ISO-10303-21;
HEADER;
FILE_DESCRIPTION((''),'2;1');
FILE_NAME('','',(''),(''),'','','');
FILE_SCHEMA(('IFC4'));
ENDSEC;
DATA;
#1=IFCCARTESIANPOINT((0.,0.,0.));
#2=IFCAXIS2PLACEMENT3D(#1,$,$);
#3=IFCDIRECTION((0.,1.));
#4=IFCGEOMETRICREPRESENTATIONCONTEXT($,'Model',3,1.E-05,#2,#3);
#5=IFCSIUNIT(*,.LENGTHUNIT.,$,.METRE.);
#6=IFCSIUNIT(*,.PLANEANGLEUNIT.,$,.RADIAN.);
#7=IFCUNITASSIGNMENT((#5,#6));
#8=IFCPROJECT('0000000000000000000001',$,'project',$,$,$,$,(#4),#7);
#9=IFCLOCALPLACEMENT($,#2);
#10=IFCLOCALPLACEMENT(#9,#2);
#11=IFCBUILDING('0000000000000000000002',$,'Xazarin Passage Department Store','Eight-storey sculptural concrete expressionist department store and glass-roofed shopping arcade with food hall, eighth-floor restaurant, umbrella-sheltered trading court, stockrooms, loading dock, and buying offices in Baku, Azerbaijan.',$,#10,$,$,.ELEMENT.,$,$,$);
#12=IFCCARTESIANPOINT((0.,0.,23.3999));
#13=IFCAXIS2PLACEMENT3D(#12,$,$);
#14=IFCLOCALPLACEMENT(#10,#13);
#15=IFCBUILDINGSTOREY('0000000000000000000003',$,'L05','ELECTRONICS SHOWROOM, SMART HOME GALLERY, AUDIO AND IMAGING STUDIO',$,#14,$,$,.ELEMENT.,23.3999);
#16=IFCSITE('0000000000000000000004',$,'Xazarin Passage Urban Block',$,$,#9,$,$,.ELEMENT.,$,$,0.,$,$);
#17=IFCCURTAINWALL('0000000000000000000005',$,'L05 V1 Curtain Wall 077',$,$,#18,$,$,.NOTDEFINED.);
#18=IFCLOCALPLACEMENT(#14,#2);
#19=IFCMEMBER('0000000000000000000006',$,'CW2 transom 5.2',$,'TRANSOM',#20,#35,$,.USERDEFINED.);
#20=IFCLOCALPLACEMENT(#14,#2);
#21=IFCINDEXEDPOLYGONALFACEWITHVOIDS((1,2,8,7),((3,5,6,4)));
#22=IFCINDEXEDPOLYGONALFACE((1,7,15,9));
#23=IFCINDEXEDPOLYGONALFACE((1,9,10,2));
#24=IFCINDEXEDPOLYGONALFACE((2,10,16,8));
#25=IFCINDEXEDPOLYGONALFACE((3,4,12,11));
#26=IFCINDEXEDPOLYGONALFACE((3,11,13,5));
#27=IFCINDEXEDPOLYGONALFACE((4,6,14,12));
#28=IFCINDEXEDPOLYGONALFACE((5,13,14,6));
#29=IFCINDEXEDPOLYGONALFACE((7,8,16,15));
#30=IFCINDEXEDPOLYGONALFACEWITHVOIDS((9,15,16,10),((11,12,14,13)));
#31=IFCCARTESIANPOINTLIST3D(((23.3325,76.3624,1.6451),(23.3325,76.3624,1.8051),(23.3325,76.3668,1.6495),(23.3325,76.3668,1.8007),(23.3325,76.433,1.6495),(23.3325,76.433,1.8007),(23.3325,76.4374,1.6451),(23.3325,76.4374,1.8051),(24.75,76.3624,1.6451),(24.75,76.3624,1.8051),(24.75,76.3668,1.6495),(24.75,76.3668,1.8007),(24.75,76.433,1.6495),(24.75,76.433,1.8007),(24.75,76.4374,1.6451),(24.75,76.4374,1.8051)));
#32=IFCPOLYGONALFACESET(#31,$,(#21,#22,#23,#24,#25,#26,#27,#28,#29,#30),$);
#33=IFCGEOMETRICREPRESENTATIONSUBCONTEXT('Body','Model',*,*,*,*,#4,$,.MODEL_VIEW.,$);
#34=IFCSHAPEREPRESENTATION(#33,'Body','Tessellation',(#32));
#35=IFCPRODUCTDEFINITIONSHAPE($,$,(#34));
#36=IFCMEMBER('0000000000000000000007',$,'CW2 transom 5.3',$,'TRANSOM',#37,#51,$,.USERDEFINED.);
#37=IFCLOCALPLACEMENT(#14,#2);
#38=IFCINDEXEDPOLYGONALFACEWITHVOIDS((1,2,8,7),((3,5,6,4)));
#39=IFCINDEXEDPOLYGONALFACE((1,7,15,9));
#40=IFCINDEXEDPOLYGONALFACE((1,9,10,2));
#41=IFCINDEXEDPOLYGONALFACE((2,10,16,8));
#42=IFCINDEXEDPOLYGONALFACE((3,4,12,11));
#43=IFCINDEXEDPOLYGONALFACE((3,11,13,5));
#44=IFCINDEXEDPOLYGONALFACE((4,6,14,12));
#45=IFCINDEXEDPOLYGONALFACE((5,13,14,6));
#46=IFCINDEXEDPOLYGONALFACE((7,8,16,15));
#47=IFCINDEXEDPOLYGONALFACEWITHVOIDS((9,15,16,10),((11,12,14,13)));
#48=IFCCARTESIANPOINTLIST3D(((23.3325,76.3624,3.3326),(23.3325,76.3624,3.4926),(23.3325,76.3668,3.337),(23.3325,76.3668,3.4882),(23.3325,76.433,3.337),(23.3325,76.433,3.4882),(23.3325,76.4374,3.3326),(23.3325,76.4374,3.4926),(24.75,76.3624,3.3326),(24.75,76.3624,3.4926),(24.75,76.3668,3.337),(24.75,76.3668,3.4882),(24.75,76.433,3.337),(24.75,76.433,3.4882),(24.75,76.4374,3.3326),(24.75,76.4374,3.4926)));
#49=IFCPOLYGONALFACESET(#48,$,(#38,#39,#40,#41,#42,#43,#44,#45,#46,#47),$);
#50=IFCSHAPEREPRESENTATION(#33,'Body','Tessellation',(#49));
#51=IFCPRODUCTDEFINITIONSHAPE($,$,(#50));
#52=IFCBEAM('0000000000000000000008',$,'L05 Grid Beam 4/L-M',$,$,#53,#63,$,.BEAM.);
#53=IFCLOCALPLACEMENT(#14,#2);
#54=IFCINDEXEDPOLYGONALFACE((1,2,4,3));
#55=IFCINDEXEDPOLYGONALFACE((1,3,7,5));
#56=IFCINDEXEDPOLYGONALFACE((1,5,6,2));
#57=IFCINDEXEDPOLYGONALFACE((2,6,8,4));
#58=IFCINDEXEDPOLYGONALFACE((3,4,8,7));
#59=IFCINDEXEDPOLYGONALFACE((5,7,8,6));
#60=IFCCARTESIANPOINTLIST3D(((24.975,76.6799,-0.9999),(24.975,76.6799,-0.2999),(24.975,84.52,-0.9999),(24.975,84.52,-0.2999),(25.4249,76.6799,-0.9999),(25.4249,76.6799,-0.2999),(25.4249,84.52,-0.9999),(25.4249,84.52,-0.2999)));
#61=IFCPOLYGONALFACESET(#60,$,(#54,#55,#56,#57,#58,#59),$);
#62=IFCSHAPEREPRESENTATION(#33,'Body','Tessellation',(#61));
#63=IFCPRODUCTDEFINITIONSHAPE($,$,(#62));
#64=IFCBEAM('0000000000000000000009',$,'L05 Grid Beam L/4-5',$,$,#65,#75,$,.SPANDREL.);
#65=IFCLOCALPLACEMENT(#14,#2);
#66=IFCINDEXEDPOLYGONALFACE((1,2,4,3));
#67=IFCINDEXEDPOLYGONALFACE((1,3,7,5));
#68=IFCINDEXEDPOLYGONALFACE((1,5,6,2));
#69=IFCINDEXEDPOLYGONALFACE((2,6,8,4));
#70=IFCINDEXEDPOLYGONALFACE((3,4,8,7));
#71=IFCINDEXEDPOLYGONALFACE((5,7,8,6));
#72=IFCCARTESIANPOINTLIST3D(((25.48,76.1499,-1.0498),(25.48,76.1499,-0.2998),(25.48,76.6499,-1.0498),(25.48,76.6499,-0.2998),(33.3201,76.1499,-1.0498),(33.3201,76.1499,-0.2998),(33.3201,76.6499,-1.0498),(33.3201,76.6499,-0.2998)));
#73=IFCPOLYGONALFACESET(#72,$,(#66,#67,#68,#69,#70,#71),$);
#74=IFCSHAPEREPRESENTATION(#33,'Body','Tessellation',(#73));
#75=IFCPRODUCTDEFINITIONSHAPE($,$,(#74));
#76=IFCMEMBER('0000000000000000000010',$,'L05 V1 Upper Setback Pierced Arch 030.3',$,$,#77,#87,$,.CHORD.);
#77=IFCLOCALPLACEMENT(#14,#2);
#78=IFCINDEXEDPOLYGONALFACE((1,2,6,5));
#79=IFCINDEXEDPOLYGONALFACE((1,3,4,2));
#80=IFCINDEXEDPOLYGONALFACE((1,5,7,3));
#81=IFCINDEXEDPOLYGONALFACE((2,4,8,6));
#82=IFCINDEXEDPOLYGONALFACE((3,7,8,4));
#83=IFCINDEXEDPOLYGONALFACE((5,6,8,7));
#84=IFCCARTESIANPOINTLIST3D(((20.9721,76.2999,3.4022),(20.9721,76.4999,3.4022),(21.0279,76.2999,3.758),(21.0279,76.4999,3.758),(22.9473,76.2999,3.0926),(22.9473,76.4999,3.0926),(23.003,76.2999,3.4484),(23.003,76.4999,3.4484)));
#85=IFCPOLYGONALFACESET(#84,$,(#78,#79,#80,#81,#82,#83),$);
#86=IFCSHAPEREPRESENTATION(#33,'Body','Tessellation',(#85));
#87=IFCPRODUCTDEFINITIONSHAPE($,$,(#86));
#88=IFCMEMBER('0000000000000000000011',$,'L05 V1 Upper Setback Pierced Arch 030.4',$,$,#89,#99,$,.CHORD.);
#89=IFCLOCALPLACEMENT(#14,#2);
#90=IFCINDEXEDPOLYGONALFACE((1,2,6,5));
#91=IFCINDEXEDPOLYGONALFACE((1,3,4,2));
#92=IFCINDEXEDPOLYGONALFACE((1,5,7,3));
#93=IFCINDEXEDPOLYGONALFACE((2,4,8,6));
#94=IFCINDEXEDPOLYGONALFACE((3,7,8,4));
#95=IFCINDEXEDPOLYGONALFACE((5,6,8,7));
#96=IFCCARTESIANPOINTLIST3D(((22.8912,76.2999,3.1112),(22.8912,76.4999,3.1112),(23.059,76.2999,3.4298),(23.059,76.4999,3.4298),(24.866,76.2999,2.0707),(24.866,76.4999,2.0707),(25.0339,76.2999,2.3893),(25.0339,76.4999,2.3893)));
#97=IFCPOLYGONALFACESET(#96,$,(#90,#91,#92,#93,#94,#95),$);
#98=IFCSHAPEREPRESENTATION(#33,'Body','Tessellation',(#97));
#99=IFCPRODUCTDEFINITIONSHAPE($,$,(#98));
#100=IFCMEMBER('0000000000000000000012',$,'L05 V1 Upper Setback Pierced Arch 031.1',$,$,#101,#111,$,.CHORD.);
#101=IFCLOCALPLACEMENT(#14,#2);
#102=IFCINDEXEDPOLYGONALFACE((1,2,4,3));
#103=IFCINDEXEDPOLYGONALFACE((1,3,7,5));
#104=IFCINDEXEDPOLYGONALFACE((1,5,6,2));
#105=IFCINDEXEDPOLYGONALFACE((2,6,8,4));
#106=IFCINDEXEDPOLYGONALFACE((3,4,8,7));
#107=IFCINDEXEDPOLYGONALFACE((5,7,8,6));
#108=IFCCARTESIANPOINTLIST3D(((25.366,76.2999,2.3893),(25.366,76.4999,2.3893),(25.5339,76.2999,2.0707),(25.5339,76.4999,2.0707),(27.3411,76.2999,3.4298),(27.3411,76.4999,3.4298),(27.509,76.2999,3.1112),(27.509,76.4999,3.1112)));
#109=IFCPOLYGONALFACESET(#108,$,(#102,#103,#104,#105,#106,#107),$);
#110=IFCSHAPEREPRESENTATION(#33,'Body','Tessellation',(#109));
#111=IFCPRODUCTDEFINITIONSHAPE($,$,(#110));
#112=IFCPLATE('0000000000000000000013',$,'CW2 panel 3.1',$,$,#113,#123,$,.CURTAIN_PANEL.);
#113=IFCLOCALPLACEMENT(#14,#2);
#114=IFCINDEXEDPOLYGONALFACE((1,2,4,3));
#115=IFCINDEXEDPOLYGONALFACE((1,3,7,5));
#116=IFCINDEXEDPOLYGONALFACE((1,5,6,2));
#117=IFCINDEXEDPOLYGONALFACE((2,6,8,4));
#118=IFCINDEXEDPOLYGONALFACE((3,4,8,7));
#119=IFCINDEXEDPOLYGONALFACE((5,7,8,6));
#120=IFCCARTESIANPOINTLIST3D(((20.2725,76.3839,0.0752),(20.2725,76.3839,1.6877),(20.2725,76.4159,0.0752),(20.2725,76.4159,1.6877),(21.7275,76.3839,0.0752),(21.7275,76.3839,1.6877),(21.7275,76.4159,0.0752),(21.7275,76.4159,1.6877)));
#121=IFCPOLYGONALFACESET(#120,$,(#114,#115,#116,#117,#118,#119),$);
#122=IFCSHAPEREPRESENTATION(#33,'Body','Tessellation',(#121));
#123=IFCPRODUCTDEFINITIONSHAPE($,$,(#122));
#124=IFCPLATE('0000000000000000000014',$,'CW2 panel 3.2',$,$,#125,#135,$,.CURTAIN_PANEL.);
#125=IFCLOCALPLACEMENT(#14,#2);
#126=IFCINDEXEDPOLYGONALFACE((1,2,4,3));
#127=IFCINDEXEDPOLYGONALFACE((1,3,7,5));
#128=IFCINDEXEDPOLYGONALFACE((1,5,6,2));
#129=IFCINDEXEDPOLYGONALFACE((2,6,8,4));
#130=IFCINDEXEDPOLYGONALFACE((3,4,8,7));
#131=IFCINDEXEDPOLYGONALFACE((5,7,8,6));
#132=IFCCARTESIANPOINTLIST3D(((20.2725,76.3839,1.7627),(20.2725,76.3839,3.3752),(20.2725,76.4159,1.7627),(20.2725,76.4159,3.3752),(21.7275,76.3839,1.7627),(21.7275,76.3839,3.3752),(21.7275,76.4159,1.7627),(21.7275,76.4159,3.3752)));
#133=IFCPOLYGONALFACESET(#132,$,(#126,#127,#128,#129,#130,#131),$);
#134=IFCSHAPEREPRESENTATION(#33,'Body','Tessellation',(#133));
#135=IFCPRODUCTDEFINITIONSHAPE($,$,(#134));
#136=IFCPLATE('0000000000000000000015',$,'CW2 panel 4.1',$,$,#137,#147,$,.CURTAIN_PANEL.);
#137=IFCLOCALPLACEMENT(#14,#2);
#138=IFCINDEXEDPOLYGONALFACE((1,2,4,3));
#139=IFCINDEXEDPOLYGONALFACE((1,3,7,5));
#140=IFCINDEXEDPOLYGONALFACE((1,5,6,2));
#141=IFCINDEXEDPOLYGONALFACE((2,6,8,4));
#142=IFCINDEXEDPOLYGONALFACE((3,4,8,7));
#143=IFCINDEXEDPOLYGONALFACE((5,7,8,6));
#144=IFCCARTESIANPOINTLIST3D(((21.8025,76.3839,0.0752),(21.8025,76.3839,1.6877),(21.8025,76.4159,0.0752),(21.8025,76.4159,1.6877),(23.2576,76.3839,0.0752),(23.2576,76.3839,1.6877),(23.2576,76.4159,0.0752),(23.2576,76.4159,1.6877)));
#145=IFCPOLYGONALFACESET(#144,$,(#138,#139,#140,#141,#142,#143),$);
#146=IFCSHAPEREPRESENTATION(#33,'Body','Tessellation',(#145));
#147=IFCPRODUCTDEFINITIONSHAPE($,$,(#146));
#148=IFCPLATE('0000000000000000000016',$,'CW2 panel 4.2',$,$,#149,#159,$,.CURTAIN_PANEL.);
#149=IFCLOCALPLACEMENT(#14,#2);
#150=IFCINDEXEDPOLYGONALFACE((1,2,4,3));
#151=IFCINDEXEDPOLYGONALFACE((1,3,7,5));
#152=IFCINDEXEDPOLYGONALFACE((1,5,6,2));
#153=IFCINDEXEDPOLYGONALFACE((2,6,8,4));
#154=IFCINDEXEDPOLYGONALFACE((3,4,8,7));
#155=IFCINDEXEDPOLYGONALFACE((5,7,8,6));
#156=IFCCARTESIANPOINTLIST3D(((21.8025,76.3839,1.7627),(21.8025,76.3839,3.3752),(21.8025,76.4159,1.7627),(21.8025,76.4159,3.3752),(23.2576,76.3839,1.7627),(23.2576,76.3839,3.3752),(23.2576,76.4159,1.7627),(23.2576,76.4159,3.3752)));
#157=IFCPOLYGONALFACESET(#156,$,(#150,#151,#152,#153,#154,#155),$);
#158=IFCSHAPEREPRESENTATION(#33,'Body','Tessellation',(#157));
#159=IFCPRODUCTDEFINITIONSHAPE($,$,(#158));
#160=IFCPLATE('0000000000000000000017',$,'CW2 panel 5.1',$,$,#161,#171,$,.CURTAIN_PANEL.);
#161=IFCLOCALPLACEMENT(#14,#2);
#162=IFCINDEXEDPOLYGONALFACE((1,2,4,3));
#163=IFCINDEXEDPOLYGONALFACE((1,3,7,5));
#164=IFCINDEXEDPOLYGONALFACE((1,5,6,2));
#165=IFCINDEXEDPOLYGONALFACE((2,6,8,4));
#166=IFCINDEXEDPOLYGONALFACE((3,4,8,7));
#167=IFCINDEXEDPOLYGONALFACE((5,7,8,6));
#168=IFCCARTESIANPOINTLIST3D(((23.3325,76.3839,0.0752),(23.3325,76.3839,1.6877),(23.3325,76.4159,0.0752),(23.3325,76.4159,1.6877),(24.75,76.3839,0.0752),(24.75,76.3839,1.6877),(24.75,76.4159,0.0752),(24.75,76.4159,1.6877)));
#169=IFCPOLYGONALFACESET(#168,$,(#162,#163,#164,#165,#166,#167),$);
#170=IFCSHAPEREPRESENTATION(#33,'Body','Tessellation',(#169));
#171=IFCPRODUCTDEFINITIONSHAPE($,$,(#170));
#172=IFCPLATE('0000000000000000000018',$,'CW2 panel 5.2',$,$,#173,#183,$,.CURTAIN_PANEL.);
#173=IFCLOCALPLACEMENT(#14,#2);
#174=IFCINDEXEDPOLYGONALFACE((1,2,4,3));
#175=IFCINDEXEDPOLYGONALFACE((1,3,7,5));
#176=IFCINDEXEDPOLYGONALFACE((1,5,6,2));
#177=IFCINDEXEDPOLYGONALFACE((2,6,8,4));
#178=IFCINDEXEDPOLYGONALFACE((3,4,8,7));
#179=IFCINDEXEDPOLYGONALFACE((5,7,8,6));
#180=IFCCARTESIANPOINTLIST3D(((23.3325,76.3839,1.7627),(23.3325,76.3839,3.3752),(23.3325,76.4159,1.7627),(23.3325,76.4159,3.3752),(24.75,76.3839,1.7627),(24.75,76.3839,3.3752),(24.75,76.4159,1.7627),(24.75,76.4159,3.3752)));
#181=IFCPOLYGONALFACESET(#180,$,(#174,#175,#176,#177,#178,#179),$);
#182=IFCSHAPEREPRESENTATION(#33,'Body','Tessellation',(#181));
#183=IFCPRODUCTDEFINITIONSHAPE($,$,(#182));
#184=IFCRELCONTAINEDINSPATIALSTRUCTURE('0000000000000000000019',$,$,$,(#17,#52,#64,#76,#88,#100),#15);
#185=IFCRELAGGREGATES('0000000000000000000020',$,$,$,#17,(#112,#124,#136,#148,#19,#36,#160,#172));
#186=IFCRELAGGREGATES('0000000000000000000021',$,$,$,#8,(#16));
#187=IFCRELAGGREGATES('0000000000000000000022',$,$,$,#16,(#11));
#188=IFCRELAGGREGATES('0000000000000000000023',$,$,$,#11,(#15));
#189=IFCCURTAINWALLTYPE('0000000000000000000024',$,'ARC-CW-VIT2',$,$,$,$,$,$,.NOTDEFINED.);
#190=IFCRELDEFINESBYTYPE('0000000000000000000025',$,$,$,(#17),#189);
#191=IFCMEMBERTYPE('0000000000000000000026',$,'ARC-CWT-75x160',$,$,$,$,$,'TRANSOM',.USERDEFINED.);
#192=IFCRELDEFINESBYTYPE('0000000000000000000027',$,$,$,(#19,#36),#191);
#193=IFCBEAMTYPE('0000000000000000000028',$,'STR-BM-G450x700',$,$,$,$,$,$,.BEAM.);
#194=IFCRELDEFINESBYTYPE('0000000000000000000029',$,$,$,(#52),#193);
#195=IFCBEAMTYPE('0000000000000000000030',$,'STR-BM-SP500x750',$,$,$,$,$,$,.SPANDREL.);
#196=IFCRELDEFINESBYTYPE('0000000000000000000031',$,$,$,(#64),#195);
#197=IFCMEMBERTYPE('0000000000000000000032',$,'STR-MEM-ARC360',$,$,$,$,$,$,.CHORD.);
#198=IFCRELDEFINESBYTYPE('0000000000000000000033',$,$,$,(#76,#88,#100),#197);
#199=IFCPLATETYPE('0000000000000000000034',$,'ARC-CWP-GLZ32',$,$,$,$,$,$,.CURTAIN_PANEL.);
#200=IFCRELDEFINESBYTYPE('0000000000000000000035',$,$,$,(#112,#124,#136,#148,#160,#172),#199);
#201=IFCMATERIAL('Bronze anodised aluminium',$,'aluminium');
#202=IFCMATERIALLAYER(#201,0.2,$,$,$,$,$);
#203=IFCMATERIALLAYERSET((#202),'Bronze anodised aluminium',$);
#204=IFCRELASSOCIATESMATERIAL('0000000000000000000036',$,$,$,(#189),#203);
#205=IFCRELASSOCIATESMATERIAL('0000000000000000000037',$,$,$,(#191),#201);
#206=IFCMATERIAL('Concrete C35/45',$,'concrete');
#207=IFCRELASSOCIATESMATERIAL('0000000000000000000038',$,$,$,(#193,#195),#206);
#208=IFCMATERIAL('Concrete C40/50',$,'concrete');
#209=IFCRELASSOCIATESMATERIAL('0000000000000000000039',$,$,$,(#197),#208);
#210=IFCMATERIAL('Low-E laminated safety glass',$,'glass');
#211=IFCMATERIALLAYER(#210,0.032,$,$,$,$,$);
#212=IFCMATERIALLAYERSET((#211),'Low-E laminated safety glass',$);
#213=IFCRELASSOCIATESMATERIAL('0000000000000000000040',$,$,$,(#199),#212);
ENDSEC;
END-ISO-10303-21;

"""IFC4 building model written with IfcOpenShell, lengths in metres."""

from ifc_helpers import new_model, si_unit, direction, frame, origin, origin_2d, place, context, subcontext, project, spatial, rectangle, hollow_rectangle, extrude, material, layer, layer_set, material_profile, profile_set, type_object, element, aggregate, save


model = new_model("IFC4")

# Units and contexts
model_context = context("Model", 3, precision=1e-05, world=origin(), true_north=direction((0.0, 1.0)))
body_context = subcontext(model_context, "Body", "Model", "MODEL_VIEW")
ifc_project = project(units=[si_unit("LENGTHUNIT", "METRE"), si_unit("PLANEANGLEUNIT", "RADIAN")], contexts=[model_context])

# Site, building, storey
site_placement = place(None, origin())
site = spatial("IfcSite", under=ifc_project, at=site_placement, Name="Xazarin Passage Urban Block", CompositionType="ELEMENT", RefElevation=0.0)
building_placement = place(site_placement, origin())
building = spatial("IfcBuilding", under=site, at=building_placement, Name="Xazarin Passage Department Store", Description="Eight-storey sculptural concrete expressionist department store and glass-roofed shopping arcade with food hall, eighth-floor restaurant, umbrella-sheltered trading court, stockrooms, loading dock, and buying offices in Baku, Azerbaijan.", CompositionType="ELEMENT")
storey_placement = place(building_placement, frame((0.0, 0.0, 23.3999)))
storey = spatial("IfcBuildingStorey", under=building, at=storey_placement, Name="L05", Description="ELECTRONICS SHOWROOM, SMART HOME GALLERY, AUDIO AND IMAGING STUDIO", CompositionType="ELEMENT", Elevation=23.3999)

# Shared definitions
ifc_material_1 = material(Name="Concrete C40/50", Category="concrete")

# Curtain wall, members
ifc_material_2 = material(Name="Bronze anodised aluminium", Category="aluminium")
ifc_layer_1 = layer(ifc_material_2, 0.2)
ifc_layer_set_1 = layer_set([ifc_layer_1], Name="Bronze anodised aluminium")
curtain_wall_type = type_object("IfcCurtainWallType", Name="ARC-CW-VIT2", PredefinedType="NOTDEFINED", material=ifc_layer_set_1)
curtain_wall_placement = place(storey_placement, origin())
curtain_wall = element("IfcCurtainWall", 1, at=curtain_wall_placement, inside=storey, type_object=curtain_wall_type, Name="L05 V1 Curtain Wall 077", PredefinedType="NOTDEFINED")
ifc_material_profile_1 = material_profile(ifc_material_2, hollow_rectangle(XDim=0.075, YDim=0.1599, WallThickness=0.0044, at=origin_2d()), Name="ALU 75x160")
ifc_profile_set_1 = profile_set([ifc_material_profile_1], Name="Bronze anodised aluminium")
member_type_1 = type_object("IfcMemberType", Name="ARC-CWT-75x160", ElementType="TRANSOM", PredefinedType="USERDEFINED", material=ifc_profile_set_1)
member_1_placement = place(storey_placement, frame((23.3325, 76.3999, 1.7251), z_axis=(1.0, 0.0, 0.0), x_axis=(0.0, 1.0, 0.0)))
member_1 = element("IfcMember", 2, at=member_1_placement, type_object=member_type_1, Name="CW2 transom 5.2", ObjectType="TRANSOM", PredefinedType="USERDEFINED", context=body_context, shape_type="SweptSolid", body=[
    extrude(hollow_rectangle(XDim=0.075, YDim=0.1599, WallThickness=0.0044, at=origin_2d()), origin(), (0.0, 0.0, 1.0), 1.4175),
])
member_2_placement = place(storey_placement, frame((23.3325, 76.3999, 3.4126), z_axis=(1.0, 0.0, 0.0), x_axis=(0.0, 1.0, 0.0)))
member_2 = element("IfcMember", 3, at=member_2_placement, type_object=member_type_1, Name="CW2 transom 5.3", ObjectType="TRANSOM", PredefinedType="USERDEFINED", context=body_context, shape_type="SweptSolid", body=[
    extrude(hollow_rectangle(XDim=0.075, YDim=0.1599, WallThickness=0.0044, at=origin_2d()), origin(), (0.0, 0.0, 1.0), 1.4175),
])

# Beams
ifc_material_3 = material(Name="Concrete C35/45", Category="concrete")
ifc_material_profile_2 = material_profile(ifc_material_3, rectangle(XDim=0.45, YDim=0.7, at=origin_2d()), Name="RC 450x700")
ifc_profile_set_2 = profile_set([ifc_material_profile_2], Name="Concrete C35/45")
beam_type_1 = type_object("IfcBeamType", Name="STR-BM-G450x700", PredefinedType="BEAM", material=ifc_profile_set_2)
beam_1_placement = place(storey_placement, frame((25.2, 76.6799, -0.6499), z_axis=(0.0, 1.0, 0.0), x_axis=(-1.0, 0.0, 0.0)))
element("IfcBeam", 4, at=beam_1_placement, inside=storey, type_object=beam_type_1, Name="L05 Grid Beam 4/L-M", PredefinedType="BEAM", context=body_context, shape_type="SweptSolid", body=[
    extrude(rectangle(XDim=0.45, YDim=0.7, at=origin_2d()), origin(), (0.0, 0.0, 1.0), 7.8401),
])
ifc_material_profile_3 = material_profile(ifc_material_3, rectangle(XDim=0.5, YDim=0.75, at=origin_2d()), Name="RC 500x750")
ifc_profile_set_3 = profile_set([ifc_material_profile_3], Name="Concrete C35/45")
beam_type_2 = type_object("IfcBeamType", Name="STR-BM-SP500x750", PredefinedType="SPANDREL", material=ifc_profile_set_3)
beam_2_placement = place(storey_placement, frame((25.48, 76.3999, -0.6748), z_axis=(1.0, 0.0, 0.0), x_axis=(0.0, 1.0, 0.0)))
element("IfcBeam", 5, at=beam_2_placement, inside=storey, type_object=beam_type_2, Name="L05 Grid Beam L/4-5", PredefinedType="SPANDREL", context=body_context, shape_type="SweptSolid", body=[
    extrude(rectangle(XDim=0.5, YDim=0.75, at=origin_2d()), origin(), (0.0, 0.0, 1.0), 7.8401),
])

# Members
ifc_material_profile_4 = material_profile(ifc_material_1, rectangle(XDim=0.2, YDim=0.3601, at=origin_2d()), Name="RC 200x360")
ifc_profile_set_4 = profile_set([ifc_material_profile_4], Name="Concrete C40/50")
member_type_2 = type_object("IfcMemberType", Name="STR-MEM-ARC360", PredefinedType="CHORD", material=ifc_profile_set_4)
member_3_placement = place(storey_placement, frame((21.0, 76.3999, 3.5801), z_axis=(0.987939, 0.0, -0.154846), x_axis=(0.0, 1.0, 0.0)))
element("IfcMember", 6, at=member_3_placement, inside=storey, type_object=member_type_2, Name="L05 V1 Upper Setback Pierced Arch 030.3", PredefinedType="CHORD", context=body_context, shape_type="SweptSolid", body=[
    extrude(rectangle(XDim=0.2, YDim=0.3601, at=origin_2d()), origin(), (0.0, 0.0, 1.0), 1.9993),
])
member_4_placement = place(storey_placement, frame((22.9751, 76.3999, 3.2705), z_axis=(0.884709, 0.0, -0.466143), x_axis=(0.0, 1.0, 0.0)))
element("IfcMember", 7, at=member_4_placement, inside=storey, type_object=member_type_2, Name="L05 V1 Upper Setback Pierced Arch 030.4", PredefinedType="CHORD", context=body_context, shape_type="SweptSolid", body=[
    extrude(rectangle(XDim=0.2, YDim=0.3601, at=origin_2d()), origin(), (0.0, 0.0, 1.0), 2.2322),
])
member_5_placement = place(storey_placement, frame((25.45, 76.3999, 2.23), z_axis=(0.884733, 0.0, 0.466098), x_axis=(0.0, 1.0, 0.0)))
element("IfcMember", 8, at=member_5_placement, inside=storey, type_object=member_type_2, Name="L05 V1 Upper Setback Pierced Arch 031.1", PredefinedType="CHORD", context=body_context, shape_type="SweptSolid", body=[
    extrude(rectangle(XDim=0.2, YDim=0.3601, at=origin_2d()), origin(), (0.0, 0.0, 1.0), 2.2324),
])

# Plates
ifc_material_4 = material(Name="Low-E laminated safety glass", Category="glass")
ifc_layer_2 = layer(ifc_material_4, 0.032)
ifc_layer_set_2 = layer_set([ifc_layer_2], Name="Low-E laminated safety glass")
plate_type = type_object("IfcPlateType", Name="ARC-CWP-GLZ32", PredefinedType="CURTAIN_PANEL", material=ifc_layer_set_2)
plate_1_placement = place(storey_placement, frame((21.0, 76.3999, 0.0752), z_axis=(0.0, 0.0, 1.0), x_axis=(1.0, 0.0, 0.0)))
plate_1 = element("IfcPlate", 9, at=plate_1_placement, type_object=plate_type, Name="CW2 panel 3.1", PredefinedType="CURTAIN_PANEL", context=body_context, shape_type="SweptSolid", body=[
    extrude(rectangle(XDim=1.4551, YDim=0.032, at=origin_2d()), origin(), (0.0, 0.0, 1.0), 1.6125),
])
plate_2_placement = place(storey_placement, frame((21.0, 76.3999, 1.7627), z_axis=(0.0, 0.0, 1.0), x_axis=(1.0, 0.0, 0.0)))
plate_2 = element("IfcPlate", 10, at=plate_2_placement, type_object=plate_type, Name="CW2 panel 3.2", PredefinedType="CURTAIN_PANEL", context=body_context, shape_type="SweptSolid", body=[
    extrude(rectangle(XDim=1.4551, YDim=0.032, at=origin_2d()), origin(), (0.0, 0.0, 1.0), 1.6125),
])
plate_3_placement = place(storey_placement, frame((22.53, 76.3999, 0.0752), z_axis=(0.0, 0.0, 1.0), x_axis=(1.0, 0.0, 0.0)))
plate_3 = element("IfcPlate", 11, at=plate_3_placement, type_object=plate_type, Name="CW2 panel 4.1", PredefinedType="CURTAIN_PANEL", context=body_context, shape_type="SweptSolid", body=[
    extrude(rectangle(XDim=1.4551, YDim=0.032, at=origin_2d()), origin(), (0.0, 0.0, 1.0), 1.6125),
])
plate_4_placement = place(storey_placement, frame((22.53, 76.3999, 1.7627), z_axis=(0.0, 0.0, 1.0), x_axis=(1.0, 0.0, 0.0)))
plate_4 = element("IfcPlate", 12, at=plate_4_placement, type_object=plate_type, Name="CW2 panel 4.2", PredefinedType="CURTAIN_PANEL", context=body_context, shape_type="SweptSolid", body=[
    extrude(rectangle(XDim=1.4551, YDim=0.032, at=origin_2d()), origin(), (0.0, 0.0, 1.0), 1.6125),
])
plate_5_placement = place(storey_placement, frame((24.0413, 76.3999, 0.0752), z_axis=(0.0, 0.0, 1.0), x_axis=(1.0, 0.0, 0.0)))
plate_5 = element("IfcPlate", 13, at=plate_5_placement, type_object=plate_type, Name="CW2 panel 5.1", PredefinedType="CURTAIN_PANEL", context=body_context, shape_type="SweptSolid", body=[
    extrude(rectangle(XDim=1.4175, YDim=0.032, at=origin_2d()), origin(), (0.0, 0.0, 1.0), 1.6125),
])
plate_6_placement = place(storey_placement, frame((24.0413, 76.3999, 1.7627), z_axis=(0.0, 0.0, 1.0), x_axis=(1.0, 0.0, 0.0)))
plate_6 = element("IfcPlate", 14, at=plate_6_placement, type_object=plate_type, Name="CW2 panel 5.2", PredefinedType="CURTAIN_PANEL", context=body_context, shape_type="SweptSolid", body=[
    extrude(rectangle(XDim=1.4175, YDim=0.032, at=origin_2d()), origin(), (0.0, 0.0, 1.0), 1.6125),
])
aggregate(curtain_wall, [plate_1, plate_2, plate_3, plate_4, member_1, member_2, plate_5, plate_6])

save(model, "model.ifc")
